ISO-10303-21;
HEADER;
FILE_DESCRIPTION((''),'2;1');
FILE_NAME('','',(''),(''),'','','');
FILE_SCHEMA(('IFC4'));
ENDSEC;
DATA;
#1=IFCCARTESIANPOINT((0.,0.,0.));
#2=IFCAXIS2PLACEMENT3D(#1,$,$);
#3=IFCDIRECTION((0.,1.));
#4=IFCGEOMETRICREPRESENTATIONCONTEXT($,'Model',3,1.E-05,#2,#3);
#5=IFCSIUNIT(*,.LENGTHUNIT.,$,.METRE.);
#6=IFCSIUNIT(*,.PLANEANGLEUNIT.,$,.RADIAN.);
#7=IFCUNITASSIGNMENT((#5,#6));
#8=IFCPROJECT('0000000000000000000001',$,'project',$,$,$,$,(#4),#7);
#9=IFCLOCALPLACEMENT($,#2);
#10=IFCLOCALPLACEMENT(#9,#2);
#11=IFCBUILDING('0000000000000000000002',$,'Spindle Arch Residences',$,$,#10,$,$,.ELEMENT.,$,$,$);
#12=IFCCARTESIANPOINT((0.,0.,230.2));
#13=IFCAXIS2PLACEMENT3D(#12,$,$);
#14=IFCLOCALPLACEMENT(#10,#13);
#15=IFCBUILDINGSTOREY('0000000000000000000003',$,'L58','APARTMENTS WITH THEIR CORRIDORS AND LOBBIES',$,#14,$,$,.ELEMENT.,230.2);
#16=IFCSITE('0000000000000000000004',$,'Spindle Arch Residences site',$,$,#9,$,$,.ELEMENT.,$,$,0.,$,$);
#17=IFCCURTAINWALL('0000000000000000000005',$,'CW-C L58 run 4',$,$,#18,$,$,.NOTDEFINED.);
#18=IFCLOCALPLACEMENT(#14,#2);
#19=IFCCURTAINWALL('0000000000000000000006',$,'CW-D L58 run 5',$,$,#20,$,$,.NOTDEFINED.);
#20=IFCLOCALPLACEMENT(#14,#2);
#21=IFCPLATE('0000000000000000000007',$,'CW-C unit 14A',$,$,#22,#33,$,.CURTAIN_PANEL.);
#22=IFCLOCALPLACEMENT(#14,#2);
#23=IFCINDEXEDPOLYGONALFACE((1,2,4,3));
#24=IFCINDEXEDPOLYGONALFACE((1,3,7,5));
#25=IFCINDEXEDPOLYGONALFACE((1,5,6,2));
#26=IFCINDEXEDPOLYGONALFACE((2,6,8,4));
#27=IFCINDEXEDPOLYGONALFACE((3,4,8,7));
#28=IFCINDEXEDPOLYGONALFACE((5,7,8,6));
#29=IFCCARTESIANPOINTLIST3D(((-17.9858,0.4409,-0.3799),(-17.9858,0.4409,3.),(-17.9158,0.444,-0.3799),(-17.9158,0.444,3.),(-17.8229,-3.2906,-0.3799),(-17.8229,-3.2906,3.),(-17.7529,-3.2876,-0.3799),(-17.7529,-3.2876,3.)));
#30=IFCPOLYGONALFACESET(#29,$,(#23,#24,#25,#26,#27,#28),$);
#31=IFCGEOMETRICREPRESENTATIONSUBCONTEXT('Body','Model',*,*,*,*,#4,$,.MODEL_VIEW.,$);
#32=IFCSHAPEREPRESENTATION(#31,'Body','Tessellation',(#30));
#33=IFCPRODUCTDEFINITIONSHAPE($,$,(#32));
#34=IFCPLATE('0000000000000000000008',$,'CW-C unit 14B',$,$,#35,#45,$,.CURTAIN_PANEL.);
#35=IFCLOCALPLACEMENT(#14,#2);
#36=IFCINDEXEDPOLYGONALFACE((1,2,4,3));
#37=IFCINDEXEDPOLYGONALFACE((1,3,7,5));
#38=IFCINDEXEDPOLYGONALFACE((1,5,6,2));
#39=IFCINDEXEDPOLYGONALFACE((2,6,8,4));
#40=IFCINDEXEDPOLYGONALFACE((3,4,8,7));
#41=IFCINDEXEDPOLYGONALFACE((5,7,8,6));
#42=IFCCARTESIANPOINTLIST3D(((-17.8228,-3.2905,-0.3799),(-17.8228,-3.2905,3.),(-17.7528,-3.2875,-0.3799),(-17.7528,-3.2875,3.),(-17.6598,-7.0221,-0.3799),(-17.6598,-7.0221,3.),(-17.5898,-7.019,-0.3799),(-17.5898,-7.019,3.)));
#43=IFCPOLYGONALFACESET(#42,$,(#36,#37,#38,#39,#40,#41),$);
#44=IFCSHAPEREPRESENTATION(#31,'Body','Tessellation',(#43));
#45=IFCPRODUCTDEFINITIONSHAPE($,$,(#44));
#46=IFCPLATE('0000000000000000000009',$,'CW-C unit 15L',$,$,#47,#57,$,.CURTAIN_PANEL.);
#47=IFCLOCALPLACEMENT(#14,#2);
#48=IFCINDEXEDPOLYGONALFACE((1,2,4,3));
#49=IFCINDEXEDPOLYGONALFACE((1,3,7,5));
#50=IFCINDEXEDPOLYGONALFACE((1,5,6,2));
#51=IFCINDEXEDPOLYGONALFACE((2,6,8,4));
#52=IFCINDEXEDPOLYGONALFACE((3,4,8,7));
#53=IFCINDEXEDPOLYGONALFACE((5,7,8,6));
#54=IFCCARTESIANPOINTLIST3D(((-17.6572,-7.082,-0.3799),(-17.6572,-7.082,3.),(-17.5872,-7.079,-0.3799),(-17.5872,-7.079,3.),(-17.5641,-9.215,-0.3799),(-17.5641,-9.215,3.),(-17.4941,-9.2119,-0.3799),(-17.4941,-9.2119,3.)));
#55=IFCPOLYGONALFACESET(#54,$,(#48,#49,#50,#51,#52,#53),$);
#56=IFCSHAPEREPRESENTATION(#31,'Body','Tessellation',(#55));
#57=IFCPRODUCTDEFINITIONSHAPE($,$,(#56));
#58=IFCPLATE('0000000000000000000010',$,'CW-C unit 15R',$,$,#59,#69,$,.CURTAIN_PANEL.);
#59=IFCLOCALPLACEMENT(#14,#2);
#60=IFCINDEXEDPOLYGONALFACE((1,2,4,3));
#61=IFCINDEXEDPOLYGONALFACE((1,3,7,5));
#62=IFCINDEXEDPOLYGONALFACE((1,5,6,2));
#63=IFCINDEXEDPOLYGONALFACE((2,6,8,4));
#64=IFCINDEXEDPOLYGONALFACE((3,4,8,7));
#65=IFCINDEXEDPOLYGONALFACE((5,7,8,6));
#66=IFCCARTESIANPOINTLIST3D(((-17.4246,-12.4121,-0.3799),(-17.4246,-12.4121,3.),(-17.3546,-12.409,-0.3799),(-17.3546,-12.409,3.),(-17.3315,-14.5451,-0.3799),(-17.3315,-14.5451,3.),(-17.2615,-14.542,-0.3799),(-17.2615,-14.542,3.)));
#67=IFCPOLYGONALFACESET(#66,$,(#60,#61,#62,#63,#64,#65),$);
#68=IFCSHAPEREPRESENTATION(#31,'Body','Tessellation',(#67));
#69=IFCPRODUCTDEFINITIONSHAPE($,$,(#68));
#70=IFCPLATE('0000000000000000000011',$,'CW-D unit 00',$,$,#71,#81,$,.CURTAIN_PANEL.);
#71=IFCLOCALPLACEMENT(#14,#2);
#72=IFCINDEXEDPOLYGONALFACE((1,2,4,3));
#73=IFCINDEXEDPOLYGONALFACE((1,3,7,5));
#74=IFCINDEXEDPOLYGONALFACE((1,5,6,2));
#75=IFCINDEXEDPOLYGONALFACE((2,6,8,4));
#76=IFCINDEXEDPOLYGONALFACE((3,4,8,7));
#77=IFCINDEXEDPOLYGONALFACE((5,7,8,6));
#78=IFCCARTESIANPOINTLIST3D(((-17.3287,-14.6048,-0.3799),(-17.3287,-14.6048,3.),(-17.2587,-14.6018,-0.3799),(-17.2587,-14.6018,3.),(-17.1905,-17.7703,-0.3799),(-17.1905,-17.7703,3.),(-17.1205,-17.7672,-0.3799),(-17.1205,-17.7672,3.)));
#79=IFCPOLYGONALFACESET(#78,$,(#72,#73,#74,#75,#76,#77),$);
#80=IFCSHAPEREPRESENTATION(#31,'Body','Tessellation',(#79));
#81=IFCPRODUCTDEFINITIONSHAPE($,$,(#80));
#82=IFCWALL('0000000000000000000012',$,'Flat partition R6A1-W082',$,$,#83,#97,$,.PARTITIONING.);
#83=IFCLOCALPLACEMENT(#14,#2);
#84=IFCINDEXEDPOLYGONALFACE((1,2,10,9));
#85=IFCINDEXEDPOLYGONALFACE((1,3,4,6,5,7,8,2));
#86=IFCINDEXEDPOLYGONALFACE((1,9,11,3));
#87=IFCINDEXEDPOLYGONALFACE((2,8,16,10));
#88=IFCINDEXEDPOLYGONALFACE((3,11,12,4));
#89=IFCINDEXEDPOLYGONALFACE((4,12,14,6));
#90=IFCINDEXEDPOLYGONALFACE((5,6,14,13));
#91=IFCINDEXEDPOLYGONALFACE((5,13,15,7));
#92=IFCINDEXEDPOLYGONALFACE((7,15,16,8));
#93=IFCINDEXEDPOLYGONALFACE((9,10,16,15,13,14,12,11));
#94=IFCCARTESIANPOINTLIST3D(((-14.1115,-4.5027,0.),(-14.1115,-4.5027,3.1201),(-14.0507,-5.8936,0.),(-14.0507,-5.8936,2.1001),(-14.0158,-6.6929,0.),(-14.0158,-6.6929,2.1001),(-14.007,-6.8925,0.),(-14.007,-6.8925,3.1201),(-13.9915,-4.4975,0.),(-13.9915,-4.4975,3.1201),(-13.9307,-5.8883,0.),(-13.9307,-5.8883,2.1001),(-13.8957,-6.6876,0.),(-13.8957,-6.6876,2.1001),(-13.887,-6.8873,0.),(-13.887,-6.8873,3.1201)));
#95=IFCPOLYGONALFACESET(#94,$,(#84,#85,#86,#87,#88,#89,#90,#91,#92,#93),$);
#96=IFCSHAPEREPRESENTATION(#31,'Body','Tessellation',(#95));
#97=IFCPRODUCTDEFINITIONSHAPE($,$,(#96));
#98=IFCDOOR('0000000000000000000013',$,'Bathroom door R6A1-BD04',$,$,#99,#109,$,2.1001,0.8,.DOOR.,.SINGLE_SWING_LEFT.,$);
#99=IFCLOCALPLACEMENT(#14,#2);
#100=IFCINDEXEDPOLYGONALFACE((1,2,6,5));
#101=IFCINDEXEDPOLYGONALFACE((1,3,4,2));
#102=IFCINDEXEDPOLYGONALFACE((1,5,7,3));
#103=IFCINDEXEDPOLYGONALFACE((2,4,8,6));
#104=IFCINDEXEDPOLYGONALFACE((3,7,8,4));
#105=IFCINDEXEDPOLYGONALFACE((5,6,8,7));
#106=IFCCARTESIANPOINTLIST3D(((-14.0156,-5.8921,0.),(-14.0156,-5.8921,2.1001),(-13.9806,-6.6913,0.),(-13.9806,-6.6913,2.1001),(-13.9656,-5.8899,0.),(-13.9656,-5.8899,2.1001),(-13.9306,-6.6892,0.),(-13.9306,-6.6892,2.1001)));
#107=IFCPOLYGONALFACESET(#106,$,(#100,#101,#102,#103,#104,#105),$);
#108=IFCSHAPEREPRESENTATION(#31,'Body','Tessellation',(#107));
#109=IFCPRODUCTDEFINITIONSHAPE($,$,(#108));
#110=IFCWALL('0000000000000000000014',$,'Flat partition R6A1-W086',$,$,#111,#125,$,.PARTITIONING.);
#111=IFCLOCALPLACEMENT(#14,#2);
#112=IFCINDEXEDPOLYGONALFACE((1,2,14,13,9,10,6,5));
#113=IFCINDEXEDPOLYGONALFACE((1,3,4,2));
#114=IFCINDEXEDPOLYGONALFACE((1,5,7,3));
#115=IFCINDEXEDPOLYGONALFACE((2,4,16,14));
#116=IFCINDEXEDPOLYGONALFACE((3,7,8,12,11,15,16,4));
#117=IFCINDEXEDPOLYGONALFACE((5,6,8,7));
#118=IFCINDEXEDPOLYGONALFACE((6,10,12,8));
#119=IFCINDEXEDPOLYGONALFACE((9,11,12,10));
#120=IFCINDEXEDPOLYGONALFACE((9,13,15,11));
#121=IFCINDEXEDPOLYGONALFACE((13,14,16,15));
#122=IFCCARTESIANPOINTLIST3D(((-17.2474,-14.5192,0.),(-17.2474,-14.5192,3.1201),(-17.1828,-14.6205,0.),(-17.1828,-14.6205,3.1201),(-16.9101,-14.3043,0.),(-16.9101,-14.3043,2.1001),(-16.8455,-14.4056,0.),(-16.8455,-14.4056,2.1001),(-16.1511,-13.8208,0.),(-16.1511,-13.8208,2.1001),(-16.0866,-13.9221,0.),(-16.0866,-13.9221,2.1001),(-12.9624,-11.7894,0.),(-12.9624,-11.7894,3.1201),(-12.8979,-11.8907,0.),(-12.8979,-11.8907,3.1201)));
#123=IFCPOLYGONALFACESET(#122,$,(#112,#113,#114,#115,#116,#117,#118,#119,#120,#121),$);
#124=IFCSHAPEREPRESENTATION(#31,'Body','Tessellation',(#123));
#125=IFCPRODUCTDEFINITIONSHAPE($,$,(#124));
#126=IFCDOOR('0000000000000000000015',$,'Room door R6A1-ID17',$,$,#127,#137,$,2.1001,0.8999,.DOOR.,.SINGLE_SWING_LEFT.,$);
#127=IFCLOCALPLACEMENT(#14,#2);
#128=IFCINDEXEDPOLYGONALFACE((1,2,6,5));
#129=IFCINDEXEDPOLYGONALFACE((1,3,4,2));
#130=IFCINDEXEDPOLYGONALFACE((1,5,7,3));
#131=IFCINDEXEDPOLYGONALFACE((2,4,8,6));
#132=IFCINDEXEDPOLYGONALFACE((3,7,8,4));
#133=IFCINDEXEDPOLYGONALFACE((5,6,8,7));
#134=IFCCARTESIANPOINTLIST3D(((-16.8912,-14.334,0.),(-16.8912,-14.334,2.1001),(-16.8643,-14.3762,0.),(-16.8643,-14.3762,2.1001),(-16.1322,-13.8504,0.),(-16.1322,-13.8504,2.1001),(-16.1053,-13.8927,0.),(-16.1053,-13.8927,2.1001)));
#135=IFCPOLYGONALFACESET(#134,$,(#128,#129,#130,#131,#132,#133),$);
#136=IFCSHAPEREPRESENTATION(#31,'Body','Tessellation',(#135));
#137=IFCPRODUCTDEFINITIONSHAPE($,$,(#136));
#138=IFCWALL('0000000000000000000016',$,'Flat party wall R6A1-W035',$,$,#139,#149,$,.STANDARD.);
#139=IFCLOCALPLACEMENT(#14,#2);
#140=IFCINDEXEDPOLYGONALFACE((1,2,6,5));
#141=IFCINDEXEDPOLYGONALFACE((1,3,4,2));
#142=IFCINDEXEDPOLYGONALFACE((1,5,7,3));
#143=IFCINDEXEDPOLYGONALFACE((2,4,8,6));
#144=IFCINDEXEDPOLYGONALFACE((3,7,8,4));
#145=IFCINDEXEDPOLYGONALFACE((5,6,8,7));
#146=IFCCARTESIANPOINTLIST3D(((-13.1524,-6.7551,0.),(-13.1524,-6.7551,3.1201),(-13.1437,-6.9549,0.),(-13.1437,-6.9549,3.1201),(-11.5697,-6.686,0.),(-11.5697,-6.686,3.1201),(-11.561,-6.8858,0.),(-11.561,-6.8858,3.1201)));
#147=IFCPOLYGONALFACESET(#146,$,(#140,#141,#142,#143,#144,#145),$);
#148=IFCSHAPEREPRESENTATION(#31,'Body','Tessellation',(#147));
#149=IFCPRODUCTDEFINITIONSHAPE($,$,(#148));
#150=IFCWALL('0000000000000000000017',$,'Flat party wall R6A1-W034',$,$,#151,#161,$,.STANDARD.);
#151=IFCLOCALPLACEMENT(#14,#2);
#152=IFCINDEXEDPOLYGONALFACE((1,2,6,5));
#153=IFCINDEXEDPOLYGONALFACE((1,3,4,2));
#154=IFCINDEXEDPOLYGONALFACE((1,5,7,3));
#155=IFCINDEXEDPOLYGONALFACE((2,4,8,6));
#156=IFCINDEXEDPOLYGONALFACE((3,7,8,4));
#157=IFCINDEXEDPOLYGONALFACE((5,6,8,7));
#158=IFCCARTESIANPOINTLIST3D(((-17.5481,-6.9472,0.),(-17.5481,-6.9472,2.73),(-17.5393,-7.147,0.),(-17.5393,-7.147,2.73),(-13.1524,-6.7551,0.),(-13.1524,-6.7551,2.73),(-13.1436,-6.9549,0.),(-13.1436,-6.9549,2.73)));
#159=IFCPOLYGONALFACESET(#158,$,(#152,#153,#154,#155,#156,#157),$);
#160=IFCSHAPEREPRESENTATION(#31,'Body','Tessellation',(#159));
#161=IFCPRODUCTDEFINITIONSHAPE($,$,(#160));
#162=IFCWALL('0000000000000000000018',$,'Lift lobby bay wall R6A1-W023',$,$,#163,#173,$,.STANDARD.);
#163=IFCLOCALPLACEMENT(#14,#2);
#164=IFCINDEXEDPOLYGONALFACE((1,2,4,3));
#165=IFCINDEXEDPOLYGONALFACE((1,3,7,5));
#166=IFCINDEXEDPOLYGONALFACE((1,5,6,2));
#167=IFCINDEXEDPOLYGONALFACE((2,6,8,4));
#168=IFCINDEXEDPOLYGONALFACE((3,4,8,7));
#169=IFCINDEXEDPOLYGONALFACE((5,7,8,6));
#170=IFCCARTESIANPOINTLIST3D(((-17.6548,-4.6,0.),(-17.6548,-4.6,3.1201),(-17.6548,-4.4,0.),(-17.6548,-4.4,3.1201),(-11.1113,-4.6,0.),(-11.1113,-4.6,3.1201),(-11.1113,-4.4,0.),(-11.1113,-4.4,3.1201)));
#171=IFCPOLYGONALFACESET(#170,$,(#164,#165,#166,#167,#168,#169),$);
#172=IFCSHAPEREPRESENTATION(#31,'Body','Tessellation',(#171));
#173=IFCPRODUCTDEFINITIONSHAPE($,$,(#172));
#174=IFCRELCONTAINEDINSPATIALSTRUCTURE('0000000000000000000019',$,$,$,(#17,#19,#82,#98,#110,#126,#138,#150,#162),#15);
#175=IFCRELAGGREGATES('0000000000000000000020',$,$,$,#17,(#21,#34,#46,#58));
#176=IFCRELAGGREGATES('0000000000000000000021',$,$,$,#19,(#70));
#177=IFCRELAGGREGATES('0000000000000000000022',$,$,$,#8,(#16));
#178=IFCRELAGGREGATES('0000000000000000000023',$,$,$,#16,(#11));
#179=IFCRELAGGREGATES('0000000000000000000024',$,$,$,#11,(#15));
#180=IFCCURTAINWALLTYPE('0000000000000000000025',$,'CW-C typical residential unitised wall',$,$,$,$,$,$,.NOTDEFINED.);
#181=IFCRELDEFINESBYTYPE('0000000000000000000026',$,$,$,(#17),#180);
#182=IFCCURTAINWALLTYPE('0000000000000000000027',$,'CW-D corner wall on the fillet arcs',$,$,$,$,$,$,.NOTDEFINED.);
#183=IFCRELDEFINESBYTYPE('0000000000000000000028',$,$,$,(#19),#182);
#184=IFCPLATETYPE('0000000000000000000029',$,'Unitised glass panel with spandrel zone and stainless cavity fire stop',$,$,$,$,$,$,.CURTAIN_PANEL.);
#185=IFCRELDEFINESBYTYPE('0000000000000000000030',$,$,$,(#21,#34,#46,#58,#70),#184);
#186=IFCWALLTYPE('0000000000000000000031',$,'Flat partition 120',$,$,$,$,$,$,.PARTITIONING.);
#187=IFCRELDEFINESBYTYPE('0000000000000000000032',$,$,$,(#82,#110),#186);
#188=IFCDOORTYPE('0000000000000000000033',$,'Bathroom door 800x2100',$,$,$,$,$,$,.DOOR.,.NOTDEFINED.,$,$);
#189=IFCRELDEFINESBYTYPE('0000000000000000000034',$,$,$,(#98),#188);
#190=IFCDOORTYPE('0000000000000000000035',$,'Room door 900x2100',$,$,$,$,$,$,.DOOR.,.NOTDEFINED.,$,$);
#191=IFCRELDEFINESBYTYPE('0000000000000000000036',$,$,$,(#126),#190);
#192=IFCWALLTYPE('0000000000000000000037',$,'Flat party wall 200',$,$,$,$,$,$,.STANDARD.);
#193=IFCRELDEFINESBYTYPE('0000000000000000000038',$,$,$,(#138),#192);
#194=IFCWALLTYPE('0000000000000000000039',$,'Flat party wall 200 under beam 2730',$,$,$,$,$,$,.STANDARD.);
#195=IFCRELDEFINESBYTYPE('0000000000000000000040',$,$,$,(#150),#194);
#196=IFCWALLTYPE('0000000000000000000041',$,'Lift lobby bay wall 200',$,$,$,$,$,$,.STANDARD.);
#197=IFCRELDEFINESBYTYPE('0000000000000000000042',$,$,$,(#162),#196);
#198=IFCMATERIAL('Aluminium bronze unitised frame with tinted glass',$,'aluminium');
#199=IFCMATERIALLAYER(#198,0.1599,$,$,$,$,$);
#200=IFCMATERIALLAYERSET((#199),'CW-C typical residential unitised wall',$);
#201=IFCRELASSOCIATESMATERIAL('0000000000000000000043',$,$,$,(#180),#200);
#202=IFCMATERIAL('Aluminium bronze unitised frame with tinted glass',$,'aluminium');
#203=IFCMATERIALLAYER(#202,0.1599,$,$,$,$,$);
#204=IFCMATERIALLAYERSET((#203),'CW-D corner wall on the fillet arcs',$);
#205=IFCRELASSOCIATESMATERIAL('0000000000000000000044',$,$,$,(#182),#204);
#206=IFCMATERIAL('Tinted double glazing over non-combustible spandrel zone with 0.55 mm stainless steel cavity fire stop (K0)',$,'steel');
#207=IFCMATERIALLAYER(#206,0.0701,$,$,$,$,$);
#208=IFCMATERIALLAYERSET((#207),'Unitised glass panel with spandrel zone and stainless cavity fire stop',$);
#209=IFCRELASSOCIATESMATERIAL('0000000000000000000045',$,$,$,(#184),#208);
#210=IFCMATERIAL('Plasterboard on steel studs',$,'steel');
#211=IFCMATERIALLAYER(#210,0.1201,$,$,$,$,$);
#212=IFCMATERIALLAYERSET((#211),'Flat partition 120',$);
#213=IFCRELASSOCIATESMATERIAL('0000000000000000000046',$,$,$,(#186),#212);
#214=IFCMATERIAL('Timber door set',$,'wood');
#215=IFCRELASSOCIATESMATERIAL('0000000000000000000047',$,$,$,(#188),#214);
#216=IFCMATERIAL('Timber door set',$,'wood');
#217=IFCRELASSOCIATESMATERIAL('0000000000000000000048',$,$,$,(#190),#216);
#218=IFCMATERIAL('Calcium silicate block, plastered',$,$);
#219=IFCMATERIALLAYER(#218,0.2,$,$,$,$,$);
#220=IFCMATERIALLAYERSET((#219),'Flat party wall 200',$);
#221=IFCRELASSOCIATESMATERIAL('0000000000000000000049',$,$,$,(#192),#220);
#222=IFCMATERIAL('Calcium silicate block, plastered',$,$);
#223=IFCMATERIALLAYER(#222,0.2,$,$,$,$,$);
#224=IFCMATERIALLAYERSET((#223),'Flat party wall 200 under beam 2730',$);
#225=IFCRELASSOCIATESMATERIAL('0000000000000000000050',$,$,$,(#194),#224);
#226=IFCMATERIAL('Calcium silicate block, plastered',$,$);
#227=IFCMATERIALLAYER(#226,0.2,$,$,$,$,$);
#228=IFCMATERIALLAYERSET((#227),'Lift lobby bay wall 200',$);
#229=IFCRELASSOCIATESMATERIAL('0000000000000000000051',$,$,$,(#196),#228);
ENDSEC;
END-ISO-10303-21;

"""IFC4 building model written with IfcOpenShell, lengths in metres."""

from ifc_helpers import new_model, si_unit, direction, frame, frame_2d, origin, origin_2d, place, context, subcontext, project, spatial, rectangle, extrude, material, layer, layer_set, type_object, element, fill, aggregate, save


model = new_model("IFC4")

# Units and contexts
model_context = context("Model", 3, precision=1e-05, world=origin(), true_north=direction((0.0, 1.0)))
body_context = subcontext(model_context, "Body", "Model", "MODEL_VIEW")
ifc_project = project(units=[si_unit("LENGTHUNIT", "METRE"), si_unit("PLANEANGLEUNIT", "RADIAN")], contexts=[model_context])

# Site, building, storey
site_placement = place(None, origin())
site = spatial("IfcSite", under=ifc_project, at=site_placement, Name="Spindle Arch Residences site", CompositionType="ELEMENT", RefElevation=0.0)
building_placement = place(site_placement, origin())
building = spatial("IfcBuilding", under=site, at=building_placement, Name="Spindle Arch Residences", CompositionType="ELEMENT")
storey_placement = place(building_placement, frame((0.0, 0.0, 230.2)))
storey = spatial("IfcBuildingStorey", under=building, at=storey_placement, Name="L58", Description="APARTMENTS WITH THEIR CORRIDORS AND LOBBIES", CompositionType="ELEMENT", Elevation=230.2)

# Curtain wall
ifc_material_1 = material(Name="Aluminium bronze unitised frame with tinted glass", Category="aluminium")
ifc_layer_1 = layer(ifc_material_1, 0.1599)
ifc_layer_set_1 = layer_set([ifc_layer_1], Name="CW-C typical residential unitised wall")
curtain_wall_type_1 = type_object("IfcCurtainWallType", Name="CW-C typical residential unitised wall", PredefinedType="NOTDEFINED", material=ifc_layer_set_1)
curtain_wall_1_placement = place(storey_placement, origin())
curtain_wall_1 = element("IfcCurtainWall", 1, at=curtain_wall_1_placement, inside=storey, type_object=curtain_wall_type_1, Name="CW-C L58 run 4", PredefinedType="NOTDEFINED")

# Curtain wall
ifc_material_2 = material(Name="Aluminium bronze unitised frame with tinted glass", Category="aluminium")
ifc_layer_2 = layer(ifc_material_2, 0.1599)
ifc_layer_set_2 = layer_set([ifc_layer_2], Name="CW-D corner wall on the fillet arcs")
curtain_wall_type_2 = type_object("IfcCurtainWallType", Name="CW-D corner wall on the fillet arcs", PredefinedType="NOTDEFINED", material=ifc_layer_set_2)
curtain_wall_2_placement = place(storey_placement, origin())
curtain_wall_2 = element("IfcCurtainWall", 2, at=curtain_wall_2_placement, inside=storey, type_object=curtain_wall_type_2, Name="CW-D L58 run 5", PredefinedType="NOTDEFINED")

# Plates
ifc_material_3 = material(Name="Tinted double glazing over non-combustible spandrel zone with 0.55 mm stainless steel cavity fire stop (K0)", Category="steel")
ifc_layer_3 = layer(ifc_material_3, 0.0701)
ifc_layer_set_3 = layer_set([ifc_layer_3], Name="Unitised glass panel with spandrel zone and stainless cavity fire stop")
plate_type = type_object("IfcPlateType", Name="Unitised glass panel with spandrel zone and stainless cavity fire stop", PredefinedType="CURTAIN_PANEL", material=ifc_layer_set_3)
plate_1_placement = place(storey_placement, frame((-17.8694, -1.4233, -0.3799), z_axis=(0.0, 0.0, 1.0), x_axis=(0.043619, -0.999048, 0.0)))
plate_1 = element("IfcPlate", 3, at=plate_1_placement, type_object=plate_type, Name="CW-C unit 14A", PredefinedType="CURTAIN_PANEL", context=body_context, shape_type="SweptSolid", body=[
    extrude(rectangle(XDim=3.7351, YDim=0.0701, at=origin_2d()), origin(), (0.0, 0.0, 1.0), 3.3799),
])
plate_2_placement = place(storey_placement, frame((-17.7063, -5.1548, -0.3799), z_axis=(0.0, 0.0, 1.0), x_axis=(0.043619, -0.999048, 0.0)))
plate_2 = element("IfcPlate", 4, at=plate_2_placement, type_object=plate_type, Name="CW-C unit 14B", PredefinedType="CURTAIN_PANEL", context=body_context, shape_type="SweptSolid", body=[
    extrude(rectangle(XDim=3.7351, YDim=0.0701, at=origin_2d()), origin(), (0.0, 0.0, 1.0), 3.3799),
])
plate_3_placement = place(storey_placement, frame((-17.5757, -8.147, -0.3799), z_axis=(0.0, 0.0, 1.0), x_axis=(0.043619, -0.999048, 0.0)))
plate_3 = element("IfcPlate", 5, at=plate_3_placement, type_object=plate_type, Name="CW-C unit 15L", PredefinedType="CURTAIN_PANEL", context=body_context, shape_type="SweptSolid", body=[
    extrude(rectangle(XDim=2.135, YDim=0.0701, at=origin_2d()), origin(), (0.0, 0.0, 1.0), 3.3799),
])
plate_4_placement = place(storey_placement, frame((-17.343, -13.4771, -0.3799), z_axis=(0.0, 0.0, 1.0), x_axis=(0.043619, -0.999048, 0.0)))
plate_4 = element("IfcPlate", 6, at=plate_4_placement, type_object=plate_type, Name="CW-C unit 15R", PredefinedType="CURTAIN_PANEL", context=body_context, shape_type="SweptSolid", body=[
    extrude(rectangle(XDim=2.135, YDim=0.0701, at=origin_2d()), origin(), (0.0, 0.0, 1.0), 3.3799),
])
aggregate(curtain_wall_1, [plate_1, plate_2, plate_3, plate_4])
plate_5_placement = place(storey_placement, frame((-17.2246, -16.186, -0.3799), z_axis=(0.0, 0.0, 1.0), x_axis=(0.043619, -0.999048, 0.0)))
plate_5 = element("IfcPlate", 7, at=plate_5_placement, type_object=plate_type, Name="CW-D unit 00", PredefinedType="CURTAIN_PANEL", context=body_context, shape_type="SweptSolid", body=[
    extrude(rectangle(XDim=3.1685, YDim=0.0701, at=origin_2d()), origin(), (0.0, 0.0, 1.0), 3.3799),
])
aggregate(curtain_wall_2, [plate_5])

# Walls, openings, doors
ifc_material_4 = material(Name="Plasterboard on steel studs", Category="steel")
ifc_layer_4 = layer(ifc_material_4, 0.1201)
ifc_layer_set_4 = layer_set([ifc_layer_4], Name="Flat partition 120")
wall_type_1 = type_object("IfcWallType", Name="Flat partition 120", PredefinedType="PARTITIONING", material=ifc_layer_set_4)
wall_1_placement = place(storey_placement, frame((-13.947, -6.8899, 0.0), z_axis=(0.0, 0.0, 1.0), x_axis=(-0.043681, 0.999046, 0.0)))
wall_1 = element("IfcWall", 8, at=wall_1_placement, inside=storey, type_object=wall_type_1, Name="Flat partition R6A1-W082", PredefinedType="PARTITIONING", context=body_context, shape_type="SweptSolid", body=[
    extrude(rectangle(XDim=2.3921, YDim=0.1201, at=frame_2d((1.196, 0.0))), origin(), (0.0, 0.0, 1.0), 3.1201),
])
opening_1_placement = place(wall_1_placement, frame((0.2, 0.0, 0.0)))
opening_1 = element("IfcOpeningElement", 9, at=opening_1_placement, cuts=wall_1, PredefinedType="OPENING", context=body_context, shape_type="SweptSolid", body=[
    extrude(rectangle(XDim=0.8, YDim=2.1001, at=frame_2d((0.3999, 1.05))), frame((0.0, 0.0701, 0.0), z_axis=(0.0, -1.0, 0.0), x_axis=(1.0, 0.0, 0.0)), (0.0, 0.0, 1.0), 0.1401),
])
ifc_material_5 = material(Name="Timber door set", Category="wood")
door_type_1 = type_object("IfcDoorType", Name="Bathroom door 800x2100", OperationType="NOTDEFINED", PredefinedType="DOOR", material=ifc_material_5)
door_1_placement = place(opening_1_placement, origin())
door_1 = element("IfcDoor", 10, at=door_1_placement, inside=storey, type_object=door_type_1, Name="Bathroom door R6A1-BD04", OperationType="SINGLE_SWING_LEFT", OverallHeight=2.1001, OverallWidth=0.8, PredefinedType="DOOR", context=body_context, shape_type="SweptSolid", body=[
    extrude(rectangle(XDim=0.8, YDim=2.1001, at=frame_2d((0.3999, 1.05))), frame((0.0, 0.0249, 0.0), z_axis=(0.0, -1.0, 0.0), x_axis=(1.0, 0.0, 0.0)), (0.0, 0.0, 1.0), 0.05),
])
fill(opening_1, door_1)
wall_2_placement = place(storey_placement, frame((-17.2151, -14.5698, 0.0), z_axis=(0.0, 0.0, 1.0), x_axis=(0.843396, 0.537292, 0.0)))
wall_2 = element("IfcWall", 11, at=wall_2_placement, inside=storey, type_object=wall_type_1, Name="Flat partition R6A1-W086", PredefinedType="PARTITIONING", context=body_context, shape_type="SweptSolid", body=[
    extrude(rectangle(XDim=5.0806, YDim=0.1201, at=frame_2d((2.5403, 0.0))), origin(), (0.0, 0.0, 1.0), 3.1201),
])
opening_2_placement = place(wall_2_placement, frame((0.3999, 0.0, 0.0)))
opening_2 = element("IfcOpeningElement", 12, at=opening_2_placement, cuts=wall_2, PredefinedType="OPENING", context=body_context, shape_type="SweptSolid", body=[
    extrude(rectangle(XDim=0.8999, YDim=2.1001, at=frame_2d((0.45, 1.05))), frame((0.0, 0.0701, 0.0), z_axis=(0.0, -1.0, 0.0), x_axis=(1.0, 0.0, 0.0)), (0.0, 0.0, 1.0), 0.1401),
])
ifc_material_6 = material(Name="Timber door set", Category="wood")
door_type_2 = type_object("IfcDoorType", Name="Room door 900x2100", OperationType="NOTDEFINED", PredefinedType="DOOR", material=ifc_material_6)
door_2_placement = place(opening_2_placement, origin())
door_2 = element("IfcDoor", 13, at=door_2_placement, inside=storey, type_object=door_type_2, Name="Room door R6A1-ID17", OperationType="SINGLE_SWING_LEFT", OverallHeight=2.1001, OverallWidth=0.8999, PredefinedType="DOOR", context=body_context, shape_type="SweptSolid", body=[
    extrude(rectangle(XDim=0.8999, YDim=2.1001, at=frame_2d((0.45, 1.05))), frame((0.0, 0.0249, 0.0), z_axis=(0.0, -1.0, 0.0), x_axis=(1.0, 0.0, 0.0)), (0.0, 0.0, 1.0), 0.05),
])
fill(opening_2, door_2)

# Walls
ifc_material_7 = material(Name="Calcium silicate block, plastered")
ifc_layer_5 = layer(ifc_material_7, 0.2)
ifc_layer_set_5 = layer_set([ifc_layer_5], Name="Flat party wall 200")
wall_type_2 = type_object("IfcWallType", Name="Flat party wall 200", PredefinedType="STANDARD", material=ifc_layer_set_5)
wall_3_placement = place(storey_placement, frame((-13.1479, -6.855, 0.0), z_axis=(0.0, 0.0, 1.0), x_axis=(0.999049, 0.043611, 0.0)))
element("IfcWall", 14, at=wall_3_placement, inside=storey, type_object=wall_type_2, Name="Flat party wall R6A1-W035", PredefinedType="STANDARD", context=body_context, shape_type="SweptSolid", body=[
    extrude(rectangle(XDim=1.5842, YDim=0.2, at=frame_2d((0.792, 0.0))), origin(), (0.0, 0.0, 1.0), 3.1201),
])
ifc_material_8 = material(Name="Calcium silicate block, plastered")
ifc_layer_6 = layer(ifc_material_8, 0.2)
ifc_layer_set_6 = layer_set([ifc_layer_6], Name="Flat party wall 200 under beam 2730")
wall_type_3 = type_object("IfcWallType", Name="Flat party wall 200 under beam 2730", PredefinedType="STANDARD", material=ifc_layer_set_6)
wall_4_placement = place(storey_placement, frame((-17.5437, -7.0471, 0.0), z_axis=(0.0, 0.0, 1.0), x_axis=(0.999046, 0.043668, 0.0)))
element("IfcWall", 15, at=wall_4_placement, inside=storey, type_object=wall_type_3, Name="Flat party wall R6A1-W034", PredefinedType="STANDARD", context=body_context, shape_type="SweptSolid", body=[
    extrude(rectangle(XDim=4.3999, YDim=0.2, at=frame_2d((2.2, 0.0))), origin(), (0.0, 0.0, 1.0), 2.73),
])

# Wall
ifc_material_9 = material(Name="Calcium silicate block, plastered")
ifc_layer_7 = layer(ifc_material_9, 0.2)
ifc_layer_set_7 = layer_set([ifc_layer_7], Name="Lift lobby bay wall 200")
wall_type_4 = type_object("IfcWallType", Name="Lift lobby bay wall 200", PredefinedType="STANDARD", material=ifc_layer_set_7)
wall_5_placement = place(storey_placement, frame((-17.6548, -4.5, 0.0), z_axis=(0.0, 0.0, 1.0), x_axis=(1.0, 0.0, 0.0)))
element("IfcWall", 16, at=wall_5_placement, inside=storey, type_object=wall_type_4, Name="Lift lobby bay wall R6A1-W023", PredefinedType="STANDARD", context=body_context, shape_type="SweptSolid", body=[
    extrude(rectangle(XDim=6.5435, YDim=0.2, at=frame_2d((3.2717, 0.0))), origin(), (0.0, 0.0, 1.0), 3.1201),
])

save(model, "model.ifc")
